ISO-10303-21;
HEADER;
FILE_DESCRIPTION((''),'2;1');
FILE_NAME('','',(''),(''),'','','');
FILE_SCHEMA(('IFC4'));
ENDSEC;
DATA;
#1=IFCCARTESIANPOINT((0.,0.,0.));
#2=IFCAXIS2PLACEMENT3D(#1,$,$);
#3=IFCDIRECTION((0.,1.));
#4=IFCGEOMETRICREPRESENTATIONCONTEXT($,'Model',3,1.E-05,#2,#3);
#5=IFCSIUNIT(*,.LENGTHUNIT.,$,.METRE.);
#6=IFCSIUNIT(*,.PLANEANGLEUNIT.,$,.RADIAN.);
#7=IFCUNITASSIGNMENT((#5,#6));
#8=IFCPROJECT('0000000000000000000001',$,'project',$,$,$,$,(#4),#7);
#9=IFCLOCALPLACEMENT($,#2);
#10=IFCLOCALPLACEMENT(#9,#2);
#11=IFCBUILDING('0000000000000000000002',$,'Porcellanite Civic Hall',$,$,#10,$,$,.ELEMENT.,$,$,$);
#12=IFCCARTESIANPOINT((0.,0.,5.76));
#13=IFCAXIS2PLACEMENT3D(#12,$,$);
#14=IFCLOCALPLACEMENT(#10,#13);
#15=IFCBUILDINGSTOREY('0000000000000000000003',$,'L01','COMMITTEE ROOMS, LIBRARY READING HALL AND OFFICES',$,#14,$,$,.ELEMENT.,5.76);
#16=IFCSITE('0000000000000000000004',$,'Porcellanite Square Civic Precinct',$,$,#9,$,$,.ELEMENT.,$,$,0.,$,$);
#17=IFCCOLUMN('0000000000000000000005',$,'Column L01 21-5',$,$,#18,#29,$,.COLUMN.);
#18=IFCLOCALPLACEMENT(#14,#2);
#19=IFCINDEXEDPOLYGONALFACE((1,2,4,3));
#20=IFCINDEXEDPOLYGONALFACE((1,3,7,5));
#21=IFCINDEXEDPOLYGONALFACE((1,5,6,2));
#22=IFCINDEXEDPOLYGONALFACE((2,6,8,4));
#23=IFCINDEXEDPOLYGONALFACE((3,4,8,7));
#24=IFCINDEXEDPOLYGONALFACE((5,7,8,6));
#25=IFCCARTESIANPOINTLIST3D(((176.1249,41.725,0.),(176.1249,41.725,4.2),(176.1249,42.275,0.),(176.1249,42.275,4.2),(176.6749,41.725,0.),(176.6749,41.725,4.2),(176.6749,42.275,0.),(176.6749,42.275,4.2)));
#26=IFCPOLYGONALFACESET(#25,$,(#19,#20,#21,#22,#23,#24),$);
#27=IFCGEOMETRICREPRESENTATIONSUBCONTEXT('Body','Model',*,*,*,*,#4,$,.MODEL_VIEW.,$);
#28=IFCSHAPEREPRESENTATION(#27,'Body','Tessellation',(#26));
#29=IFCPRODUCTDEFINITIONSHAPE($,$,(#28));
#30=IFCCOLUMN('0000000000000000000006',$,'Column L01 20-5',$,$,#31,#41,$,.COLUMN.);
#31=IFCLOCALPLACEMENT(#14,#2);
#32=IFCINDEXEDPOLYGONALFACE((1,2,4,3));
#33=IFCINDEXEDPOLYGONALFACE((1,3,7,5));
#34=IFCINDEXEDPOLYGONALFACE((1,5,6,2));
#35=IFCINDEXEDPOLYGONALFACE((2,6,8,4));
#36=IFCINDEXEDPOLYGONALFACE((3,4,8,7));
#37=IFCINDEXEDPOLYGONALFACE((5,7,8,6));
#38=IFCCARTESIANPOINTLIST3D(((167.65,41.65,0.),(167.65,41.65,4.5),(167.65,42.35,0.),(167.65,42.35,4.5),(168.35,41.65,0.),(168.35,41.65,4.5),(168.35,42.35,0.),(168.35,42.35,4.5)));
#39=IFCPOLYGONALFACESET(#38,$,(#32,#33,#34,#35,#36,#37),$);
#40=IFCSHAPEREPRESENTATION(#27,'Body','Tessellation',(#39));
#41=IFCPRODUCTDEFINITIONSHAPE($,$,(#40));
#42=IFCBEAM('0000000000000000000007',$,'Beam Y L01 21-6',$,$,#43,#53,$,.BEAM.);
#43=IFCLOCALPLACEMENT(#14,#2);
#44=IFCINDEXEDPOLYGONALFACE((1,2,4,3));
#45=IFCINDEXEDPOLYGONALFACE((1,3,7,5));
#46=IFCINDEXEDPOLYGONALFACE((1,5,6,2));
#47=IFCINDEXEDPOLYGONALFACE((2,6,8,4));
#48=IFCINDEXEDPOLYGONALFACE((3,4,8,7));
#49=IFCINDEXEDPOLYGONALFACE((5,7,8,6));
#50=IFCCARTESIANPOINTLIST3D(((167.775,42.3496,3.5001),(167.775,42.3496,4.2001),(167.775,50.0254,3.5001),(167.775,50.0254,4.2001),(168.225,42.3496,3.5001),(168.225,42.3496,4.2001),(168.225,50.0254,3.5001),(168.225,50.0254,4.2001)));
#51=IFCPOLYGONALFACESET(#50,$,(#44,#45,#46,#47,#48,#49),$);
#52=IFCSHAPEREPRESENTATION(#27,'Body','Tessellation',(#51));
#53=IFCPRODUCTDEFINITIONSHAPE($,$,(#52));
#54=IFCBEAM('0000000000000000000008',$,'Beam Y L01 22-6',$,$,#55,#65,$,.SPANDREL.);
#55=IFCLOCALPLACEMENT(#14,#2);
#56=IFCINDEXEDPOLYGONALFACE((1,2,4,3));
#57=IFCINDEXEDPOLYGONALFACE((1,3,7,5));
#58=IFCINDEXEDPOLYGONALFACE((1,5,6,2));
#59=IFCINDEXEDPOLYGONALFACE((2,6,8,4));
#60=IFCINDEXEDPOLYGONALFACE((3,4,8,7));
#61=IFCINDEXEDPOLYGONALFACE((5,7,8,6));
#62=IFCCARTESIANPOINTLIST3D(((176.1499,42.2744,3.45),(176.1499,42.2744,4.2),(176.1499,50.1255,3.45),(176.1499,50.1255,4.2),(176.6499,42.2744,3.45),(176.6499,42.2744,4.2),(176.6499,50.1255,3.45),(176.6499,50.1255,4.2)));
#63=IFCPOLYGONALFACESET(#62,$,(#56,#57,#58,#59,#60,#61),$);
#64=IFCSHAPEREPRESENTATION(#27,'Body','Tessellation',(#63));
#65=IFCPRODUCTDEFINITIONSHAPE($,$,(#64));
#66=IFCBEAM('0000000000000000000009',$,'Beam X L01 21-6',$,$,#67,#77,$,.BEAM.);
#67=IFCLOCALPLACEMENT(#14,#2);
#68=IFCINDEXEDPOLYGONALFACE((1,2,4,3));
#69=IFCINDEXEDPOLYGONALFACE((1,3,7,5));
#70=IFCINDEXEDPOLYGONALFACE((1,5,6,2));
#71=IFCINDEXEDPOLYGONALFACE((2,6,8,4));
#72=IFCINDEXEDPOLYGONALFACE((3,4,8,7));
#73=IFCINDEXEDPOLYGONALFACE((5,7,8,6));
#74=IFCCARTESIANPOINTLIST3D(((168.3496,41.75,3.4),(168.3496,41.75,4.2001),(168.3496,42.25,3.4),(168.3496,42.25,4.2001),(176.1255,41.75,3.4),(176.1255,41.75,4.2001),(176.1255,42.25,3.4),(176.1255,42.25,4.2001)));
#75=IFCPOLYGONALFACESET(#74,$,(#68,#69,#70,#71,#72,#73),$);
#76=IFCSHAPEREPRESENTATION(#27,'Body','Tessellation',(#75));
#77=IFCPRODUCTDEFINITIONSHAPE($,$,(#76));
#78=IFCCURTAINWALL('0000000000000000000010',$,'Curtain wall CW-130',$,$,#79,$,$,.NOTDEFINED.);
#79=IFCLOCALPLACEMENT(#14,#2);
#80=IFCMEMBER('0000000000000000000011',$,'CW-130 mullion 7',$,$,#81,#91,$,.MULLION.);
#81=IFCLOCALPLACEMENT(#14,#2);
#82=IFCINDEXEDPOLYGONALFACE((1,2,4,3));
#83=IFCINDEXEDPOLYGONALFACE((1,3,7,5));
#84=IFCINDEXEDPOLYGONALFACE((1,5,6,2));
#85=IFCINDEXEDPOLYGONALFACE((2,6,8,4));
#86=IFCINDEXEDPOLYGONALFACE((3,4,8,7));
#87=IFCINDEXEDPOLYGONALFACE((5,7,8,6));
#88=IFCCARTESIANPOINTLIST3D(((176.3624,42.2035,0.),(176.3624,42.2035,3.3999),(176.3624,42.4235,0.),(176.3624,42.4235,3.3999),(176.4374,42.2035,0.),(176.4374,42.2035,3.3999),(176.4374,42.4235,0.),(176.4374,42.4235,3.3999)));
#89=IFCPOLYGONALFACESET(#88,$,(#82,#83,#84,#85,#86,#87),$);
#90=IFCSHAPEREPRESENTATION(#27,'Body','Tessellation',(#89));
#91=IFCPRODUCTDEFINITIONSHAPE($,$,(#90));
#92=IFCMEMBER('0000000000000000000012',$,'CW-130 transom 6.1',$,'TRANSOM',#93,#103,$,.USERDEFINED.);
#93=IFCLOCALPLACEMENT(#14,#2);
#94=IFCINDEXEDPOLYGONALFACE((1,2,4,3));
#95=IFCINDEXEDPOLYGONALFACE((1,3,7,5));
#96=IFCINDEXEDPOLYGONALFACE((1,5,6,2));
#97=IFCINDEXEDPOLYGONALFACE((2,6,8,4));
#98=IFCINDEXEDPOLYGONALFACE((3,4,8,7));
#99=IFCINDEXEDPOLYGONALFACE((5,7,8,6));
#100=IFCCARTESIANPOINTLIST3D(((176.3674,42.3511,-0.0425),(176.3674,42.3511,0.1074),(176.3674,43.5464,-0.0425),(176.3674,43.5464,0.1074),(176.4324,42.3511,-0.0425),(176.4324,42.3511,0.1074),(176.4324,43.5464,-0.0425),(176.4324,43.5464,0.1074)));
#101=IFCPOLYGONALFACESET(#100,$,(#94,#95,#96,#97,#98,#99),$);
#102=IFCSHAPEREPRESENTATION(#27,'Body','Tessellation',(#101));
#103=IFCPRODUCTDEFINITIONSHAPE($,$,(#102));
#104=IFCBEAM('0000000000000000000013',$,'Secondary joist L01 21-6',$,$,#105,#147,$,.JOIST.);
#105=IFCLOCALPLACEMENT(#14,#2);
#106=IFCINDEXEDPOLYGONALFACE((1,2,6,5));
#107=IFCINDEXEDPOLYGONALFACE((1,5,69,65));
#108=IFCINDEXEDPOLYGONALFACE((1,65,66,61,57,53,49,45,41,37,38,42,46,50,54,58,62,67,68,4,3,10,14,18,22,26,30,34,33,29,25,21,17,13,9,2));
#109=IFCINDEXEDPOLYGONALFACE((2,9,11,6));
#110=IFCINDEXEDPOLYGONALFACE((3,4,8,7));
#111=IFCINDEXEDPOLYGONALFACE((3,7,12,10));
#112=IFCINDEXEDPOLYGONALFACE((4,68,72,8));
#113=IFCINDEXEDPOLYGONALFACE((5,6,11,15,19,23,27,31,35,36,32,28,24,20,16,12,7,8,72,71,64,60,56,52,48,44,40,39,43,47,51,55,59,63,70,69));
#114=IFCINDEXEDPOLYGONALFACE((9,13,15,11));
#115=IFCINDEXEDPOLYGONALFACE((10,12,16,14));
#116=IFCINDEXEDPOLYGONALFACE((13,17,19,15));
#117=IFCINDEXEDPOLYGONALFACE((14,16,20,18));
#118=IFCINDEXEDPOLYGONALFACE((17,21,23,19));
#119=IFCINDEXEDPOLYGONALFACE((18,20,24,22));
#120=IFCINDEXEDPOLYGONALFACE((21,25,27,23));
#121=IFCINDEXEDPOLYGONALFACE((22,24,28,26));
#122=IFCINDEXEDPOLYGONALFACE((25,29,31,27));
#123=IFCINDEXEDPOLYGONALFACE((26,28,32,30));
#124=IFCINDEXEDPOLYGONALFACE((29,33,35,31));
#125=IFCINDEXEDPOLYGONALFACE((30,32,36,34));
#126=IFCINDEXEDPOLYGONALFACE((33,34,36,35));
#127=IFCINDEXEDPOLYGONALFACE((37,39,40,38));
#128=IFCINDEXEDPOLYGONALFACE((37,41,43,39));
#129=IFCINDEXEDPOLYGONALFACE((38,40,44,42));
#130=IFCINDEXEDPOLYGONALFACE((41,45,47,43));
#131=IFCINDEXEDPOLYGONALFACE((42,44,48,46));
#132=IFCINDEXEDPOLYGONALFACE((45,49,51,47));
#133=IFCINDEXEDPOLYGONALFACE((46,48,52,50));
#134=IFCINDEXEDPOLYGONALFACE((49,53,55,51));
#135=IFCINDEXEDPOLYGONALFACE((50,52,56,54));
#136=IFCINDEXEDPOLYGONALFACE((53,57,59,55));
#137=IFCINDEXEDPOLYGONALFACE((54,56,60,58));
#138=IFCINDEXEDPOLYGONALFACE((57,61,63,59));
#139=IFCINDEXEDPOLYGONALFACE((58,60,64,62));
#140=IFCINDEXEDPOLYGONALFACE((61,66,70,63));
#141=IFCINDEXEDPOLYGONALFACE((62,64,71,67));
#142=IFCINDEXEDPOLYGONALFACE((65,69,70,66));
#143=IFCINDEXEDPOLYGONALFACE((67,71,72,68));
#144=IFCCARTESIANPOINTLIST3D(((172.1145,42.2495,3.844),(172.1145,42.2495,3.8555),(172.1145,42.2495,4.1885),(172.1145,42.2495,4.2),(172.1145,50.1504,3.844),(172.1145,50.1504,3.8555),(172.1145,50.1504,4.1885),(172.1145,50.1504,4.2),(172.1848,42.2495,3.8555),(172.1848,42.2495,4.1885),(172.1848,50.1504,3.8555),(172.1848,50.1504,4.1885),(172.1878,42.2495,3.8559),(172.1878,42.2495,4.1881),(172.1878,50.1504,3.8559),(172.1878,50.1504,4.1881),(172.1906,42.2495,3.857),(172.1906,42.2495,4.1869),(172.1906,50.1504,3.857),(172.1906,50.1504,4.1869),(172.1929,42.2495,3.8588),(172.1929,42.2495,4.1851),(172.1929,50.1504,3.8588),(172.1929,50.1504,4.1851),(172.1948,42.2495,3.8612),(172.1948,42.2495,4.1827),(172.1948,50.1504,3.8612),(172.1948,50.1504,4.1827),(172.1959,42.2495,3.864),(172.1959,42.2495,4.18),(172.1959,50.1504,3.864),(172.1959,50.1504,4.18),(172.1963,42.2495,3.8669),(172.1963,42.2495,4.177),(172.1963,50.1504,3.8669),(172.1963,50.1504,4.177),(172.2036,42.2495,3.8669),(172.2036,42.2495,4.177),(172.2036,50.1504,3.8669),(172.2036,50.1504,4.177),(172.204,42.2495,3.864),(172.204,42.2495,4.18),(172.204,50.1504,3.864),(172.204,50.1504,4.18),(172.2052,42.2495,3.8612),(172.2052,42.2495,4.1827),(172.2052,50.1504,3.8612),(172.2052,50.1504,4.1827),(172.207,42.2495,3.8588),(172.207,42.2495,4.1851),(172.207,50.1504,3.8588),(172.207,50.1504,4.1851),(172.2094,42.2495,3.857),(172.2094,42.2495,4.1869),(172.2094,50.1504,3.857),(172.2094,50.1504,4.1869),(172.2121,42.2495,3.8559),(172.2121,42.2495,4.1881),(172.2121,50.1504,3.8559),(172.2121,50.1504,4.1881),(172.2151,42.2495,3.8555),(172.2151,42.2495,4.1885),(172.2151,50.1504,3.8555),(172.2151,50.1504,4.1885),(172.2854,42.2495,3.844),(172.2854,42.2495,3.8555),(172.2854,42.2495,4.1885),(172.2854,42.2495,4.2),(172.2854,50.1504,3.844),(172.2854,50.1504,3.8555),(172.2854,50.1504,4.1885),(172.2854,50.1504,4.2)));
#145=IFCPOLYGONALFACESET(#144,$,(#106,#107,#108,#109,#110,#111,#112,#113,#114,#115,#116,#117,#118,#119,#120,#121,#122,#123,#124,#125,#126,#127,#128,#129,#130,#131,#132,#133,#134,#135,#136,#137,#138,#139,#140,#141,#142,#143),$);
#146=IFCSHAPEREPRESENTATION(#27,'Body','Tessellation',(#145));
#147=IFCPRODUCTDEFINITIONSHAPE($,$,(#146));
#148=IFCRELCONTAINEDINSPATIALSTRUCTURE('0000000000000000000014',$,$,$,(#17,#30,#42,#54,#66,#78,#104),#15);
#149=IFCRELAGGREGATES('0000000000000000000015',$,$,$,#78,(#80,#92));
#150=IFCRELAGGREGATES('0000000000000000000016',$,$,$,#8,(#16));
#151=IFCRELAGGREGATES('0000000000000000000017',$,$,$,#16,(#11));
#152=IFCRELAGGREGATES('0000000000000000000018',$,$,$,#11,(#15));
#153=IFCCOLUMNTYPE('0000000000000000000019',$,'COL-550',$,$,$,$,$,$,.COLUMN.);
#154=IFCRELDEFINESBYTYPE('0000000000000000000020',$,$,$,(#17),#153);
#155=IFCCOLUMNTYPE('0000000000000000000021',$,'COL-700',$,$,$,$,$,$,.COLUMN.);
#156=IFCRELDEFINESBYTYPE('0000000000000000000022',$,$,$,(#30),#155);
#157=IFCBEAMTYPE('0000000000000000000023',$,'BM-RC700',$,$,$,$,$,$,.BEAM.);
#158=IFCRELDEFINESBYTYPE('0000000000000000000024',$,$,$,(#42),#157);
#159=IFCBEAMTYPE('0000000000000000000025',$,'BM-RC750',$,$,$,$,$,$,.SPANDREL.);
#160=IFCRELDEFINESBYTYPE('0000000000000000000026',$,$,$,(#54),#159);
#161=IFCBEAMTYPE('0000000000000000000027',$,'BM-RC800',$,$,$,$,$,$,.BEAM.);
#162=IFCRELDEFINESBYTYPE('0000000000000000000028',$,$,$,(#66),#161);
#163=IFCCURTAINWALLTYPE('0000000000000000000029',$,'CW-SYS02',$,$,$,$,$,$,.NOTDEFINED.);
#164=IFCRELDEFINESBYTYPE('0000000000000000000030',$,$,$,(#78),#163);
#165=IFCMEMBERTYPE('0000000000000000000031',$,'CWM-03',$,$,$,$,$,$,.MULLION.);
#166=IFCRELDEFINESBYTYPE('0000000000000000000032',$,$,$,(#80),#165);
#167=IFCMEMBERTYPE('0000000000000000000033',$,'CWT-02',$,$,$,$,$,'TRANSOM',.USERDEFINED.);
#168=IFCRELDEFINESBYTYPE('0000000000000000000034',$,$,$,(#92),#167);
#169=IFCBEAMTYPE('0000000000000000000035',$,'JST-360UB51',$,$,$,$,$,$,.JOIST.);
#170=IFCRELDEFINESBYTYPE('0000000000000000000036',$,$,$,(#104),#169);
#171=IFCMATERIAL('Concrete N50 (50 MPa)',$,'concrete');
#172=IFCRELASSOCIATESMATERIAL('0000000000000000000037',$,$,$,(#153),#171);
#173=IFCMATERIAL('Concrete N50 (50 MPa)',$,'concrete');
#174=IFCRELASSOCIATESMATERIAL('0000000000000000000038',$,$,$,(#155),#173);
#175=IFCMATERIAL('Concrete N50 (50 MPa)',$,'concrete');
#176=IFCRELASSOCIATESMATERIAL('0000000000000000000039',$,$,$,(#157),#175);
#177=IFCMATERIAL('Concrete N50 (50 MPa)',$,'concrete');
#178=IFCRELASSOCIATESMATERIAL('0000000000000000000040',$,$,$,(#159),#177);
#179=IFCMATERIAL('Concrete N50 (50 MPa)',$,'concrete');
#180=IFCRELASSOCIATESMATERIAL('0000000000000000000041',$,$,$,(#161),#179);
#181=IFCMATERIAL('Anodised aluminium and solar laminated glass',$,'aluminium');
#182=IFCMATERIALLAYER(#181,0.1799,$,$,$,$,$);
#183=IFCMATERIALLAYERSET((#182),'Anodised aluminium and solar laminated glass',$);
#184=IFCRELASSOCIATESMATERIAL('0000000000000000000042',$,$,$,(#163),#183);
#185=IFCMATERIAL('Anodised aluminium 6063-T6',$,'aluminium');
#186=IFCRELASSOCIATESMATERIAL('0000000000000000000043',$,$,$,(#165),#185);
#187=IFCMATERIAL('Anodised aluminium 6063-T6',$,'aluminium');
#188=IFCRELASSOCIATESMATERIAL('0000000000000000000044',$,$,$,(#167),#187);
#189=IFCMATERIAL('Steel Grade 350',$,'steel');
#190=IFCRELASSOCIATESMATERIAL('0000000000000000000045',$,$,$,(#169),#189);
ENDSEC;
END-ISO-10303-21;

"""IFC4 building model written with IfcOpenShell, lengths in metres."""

from ifc_helpers import new_model, si_unit, direction, frame, origin, origin_2d, place, context, subcontext, project, spatial, rectangle, i_section, extrude, material, layer, layer_set, material_profile, profile_set, type_object, element, aggregate, save


model = new_model("IFC4")

# Units and contexts
model_context = context("Model", 3, precision=1e-05, world=origin(), true_north=direction((0.0, 1.0)))
body_context = subcontext(model_context, "Body", "Model", "MODEL_VIEW")
ifc_project = project(units=[si_unit("LENGTHUNIT", "METRE"), si_unit("PLANEANGLEUNIT", "RADIAN")], contexts=[model_context])

# Site, building, storey
site_placement = place(None, origin())
site = spatial("IfcSite", under=ifc_project, at=site_placement, Name="Porcellanite Square Civic Precinct", CompositionType="ELEMENT", RefElevation=0.0)
building_placement = place(site_placement, origin())
building = spatial("IfcBuilding", under=site, at=building_placement, Name="Porcellanite Civic Hall", CompositionType="ELEMENT")
storey_placement = place(building_placement, frame((0.0, 0.0, 5.76)))
storey = spatial("IfcBuildingStorey", under=building, at=storey_placement, Name="L01", Description="COMMITTEE ROOMS, LIBRARY READING HALL AND OFFICES", CompositionType="ELEMENT", Elevation=5.76)

# Columns
ifc_material_1 = material(Name="Concrete N50 (50 MPa)", Category="concrete")
ifc_material_profile_1 = material_profile(ifc_material_1, rectangle(XDim=0.55, YDim=0.55, at=origin_2d()), Name="RC-550x550")
ifc_profile_set_1 = profile_set([ifc_material_profile_1], Name="Concrete N50 (50 MPa)")
column_type_1 = type_object("IfcColumnType", Name="COL-550", PredefinedType="COLUMN", material=ifc_profile_set_1)
column_1_placement = place(storey_placement, frame((176.3999, 42.0, 0.0), z_axis=(0.0, 0.0, 1.0), x_axis=(1.0, 0.0, 0.0)))
element("IfcColumn", 1, at=column_1_placement, inside=storey, type_object=column_type_1, Name="Column L01 21-5", PredefinedType="COLUMN", context=body_context, shape_type="SweptSolid", body=[
    extrude(rectangle(XDim=0.55, YDim=0.55, at=origin_2d()), origin(), (0.0, 0.0, 1.0), 4.2),
])
ifc_material_2 = material(Name="Concrete N50 (50 MPa)", Category="concrete")
ifc_material_profile_2 = material_profile(ifc_material_2, rectangle(XDim=0.7, YDim=0.7, at=origin_2d()), Name="RC-700x700")
ifc_profile_set_2 = profile_set([ifc_material_profile_2], Name="Concrete N50 (50 MPa)")
column_type_2 = type_object("IfcColumnType", Name="COL-700", PredefinedType="COLUMN", material=ifc_profile_set_2)
column_2_placement = place(storey_placement, frame((168.0, 42.0, 0.0), z_axis=(0.0, 0.0, 1.0), x_axis=(1.0, 0.0, 0.0)))
element("IfcColumn", 2, at=column_2_placement, inside=storey, type_object=column_type_2, Name="Column L01 20-5", PredefinedType="COLUMN", context=body_context, shape_type="SweptSolid", body=[
    extrude(rectangle(XDim=0.7, YDim=0.7, at=origin_2d()), origin(), (0.0, 0.0, 1.0), 4.5),
])

# Beams
ifc_material_3 = material(Name="Concrete N50 (50 MPa)", Category="concrete")
ifc_material_profile_3 = material_profile(ifc_material_3, rectangle(XDim=0.45, YDim=0.7, at=origin_2d()), Name="RC-450x700")
ifc_profile_set_3 = profile_set([ifc_material_profile_3], Name="Concrete N50 (50 MPa)")
beam_type_1 = type_object("IfcBeamType", Name="BM-RC700", PredefinedType="BEAM", material=ifc_profile_set_3)
beam_1_placement = place(storey_placement, frame((168.0, 42.3496, 3.8501), z_axis=(0.0, 1.0, 0.0), x_axis=(-1.0, 0.0, 0.0)))
element("IfcBeam", 3, at=beam_1_placement, inside=storey, type_object=beam_type_1, Name="Beam Y L01 21-6", PredefinedType="BEAM", context=body_context, shape_type="SweptSolid", body=[
    extrude(rectangle(XDim=0.45, YDim=0.7, at=origin_2d()), origin(), (0.0, 0.0, 1.0), 7.6758),
])
ifc_material_4 = material(Name="Concrete N50 (50 MPa)", Category="concrete")
ifc_material_profile_4 = material_profile(ifc_material_4, rectangle(XDim=0.5, YDim=0.75, at=origin_2d()), Name="RC-500x750")
ifc_profile_set_4 = profile_set([ifc_material_profile_4], Name="Concrete N50 (50 MPa)")
beam_type_2 = type_object("IfcBeamType", Name="BM-RC750", PredefinedType="SPANDREL", material=ifc_profile_set_4)
beam_2_placement = place(storey_placement, frame((176.3999, 42.2744, 3.825), z_axis=(0.0, 1.0, 0.0), x_axis=(-1.0, 0.0, 0.0)))
element("IfcBeam", 4, at=beam_2_placement, inside=storey, type_object=beam_type_2, Name="Beam Y L01 22-6", PredefinedType="SPANDREL", context=body_context, shape_type="SweptSolid", body=[
    extrude(rectangle(XDim=0.5, YDim=0.75, at=origin_2d()), origin(), (0.0, 0.0, 1.0), 7.8511),
])
ifc_material_5 = material(Name="Concrete N50 (50 MPa)", Category="concrete")
ifc_material_profile_5 = material_profile(ifc_material_5, rectangle(XDim=0.5, YDim=0.8, at=origin_2d()), Name="RC-500x800")
ifc_profile_set_5 = profile_set([ifc_material_profile_5], Name="Concrete N50 (50 MPa)")
beam_type_3 = type_object("IfcBeamType", Name="BM-RC800", PredefinedType="BEAM", material=ifc_profile_set_5)
beam_3_placement = place(storey_placement, frame((168.3496, 42.0, 3.8), z_axis=(1.0, 0.0, 0.0), x_axis=(0.0, 1.0, 0.0)))
element("IfcBeam", 5, at=beam_3_placement, inside=storey, type_object=beam_type_3, Name="Beam X L01 21-6", PredefinedType="BEAM", context=body_context, shape_type="SweptSolid", body=[
    extrude(rectangle(XDim=0.5, YDim=0.8, at=origin_2d()), origin(), (0.0, 0.0, 1.0), 7.7759),
])

# Curtain wall, members
ifc_material_6 = material(Name="Anodised aluminium and solar laminated glass", Category="aluminium")
ifc_layer_1 = layer(ifc_material_6, 0.1799)
ifc_layer_set_1 = layer_set([ifc_layer_1], Name="Anodised aluminium and solar laminated glass")
curtain_wall_type = type_object("IfcCurtainWallType", Name="CW-SYS02", PredefinedType="NOTDEFINED", material=ifc_layer_set_1)
curtain_wall_placement = place(storey_placement, origin())
curtain_wall = element("IfcCurtainWall", 6, at=curtain_wall_placement, inside=storey, type_object=curtain_wall_type, Name="Curtain wall CW-130", PredefinedType="NOTDEFINED")
ifc_material_7 = material(Name="Anodised aluminium 6063-T6", Category="aluminium")
ifc_material_profile_6 = material_profile(ifc_material_7, rectangle(XDim=0.075, YDim=0.22, at=origin_2d()), Name="AL-75x220")
ifc_profile_set_6 = profile_set([ifc_material_profile_6], Name="Anodised aluminium 6063-T6")
member_type_1 = type_object("IfcMemberType", Name="CWM-03", PredefinedType="MULLION", material=ifc_profile_set_6)
member_1_placement = place(storey_placement, frame((176.3999, 42.3135, 0.0), z_axis=(0.0, 0.0, 1.0), x_axis=(1.0, 0.0, 0.0)))
member_1 = element("IfcMember", 7, at=member_1_placement, type_object=member_type_1, Name="CW-130 mullion 7", PredefinedType="MULLION", context=body_context, shape_type="SweptSolid", body=[
    extrude(rectangle(XDim=0.075, YDim=0.22, at=origin_2d()), origin(), (0.0, 0.0, 1.0), 3.3999),
])
ifc_material_8 = material(Name="Anodised aluminium 6063-T6", Category="aluminium")
ifc_material_profile_7 = material_profile(ifc_material_8, rectangle(XDim=0.0649, YDim=0.1499, at=origin_2d()), Name="AL-65x150")
ifc_profile_set_7 = profile_set([ifc_material_profile_7], Name="Anodised aluminium 6063-T6")
member_type_2 = type_object("IfcMemberType", Name="CWT-02", ElementType="TRANSOM", PredefinedType="USERDEFINED", material=ifc_profile_set_7)
member_2_placement = place(storey_placement, frame((176.3999, 43.5464, 0.0325), z_axis=(0.0, -1.0, 0.0), x_axis=(1.0, 0.0, 0.0)))
member_2 = element("IfcMember", 8, at=member_2_placement, type_object=member_type_2, Name="CW-130 transom 6.1", ObjectType="TRANSOM", PredefinedType="USERDEFINED", context=body_context, shape_type="SweptSolid", body=[
    extrude(rectangle(XDim=0.0649, YDim=0.1499, at=origin_2d()), origin(), (0.0, 0.0, 1.0), 1.1953),
])

# Beam
ifc_material_9 = material(Name="Steel Grade 350", Category="steel")
ifc_material_profile_8 = material_profile(ifc_material_9, i_section(OverallWidth=0.1709, OverallDepth=0.356, WebThickness=0.0073, FlangeThickness=0.0115, FilletRadius=0.0115, at=origin_2d()), Name="360UB50.7")
ifc_profile_set_8 = profile_set([ifc_material_profile_8], Name="Steel Grade 350")
beam_type_4 = type_object("IfcBeamType", Name="JST-360UB51", PredefinedType="JOIST", material=ifc_profile_set_8)
beam_4_placement = place(storey_placement, frame((172.2, 42.2495, 4.022), z_axis=(0.0, 1.0, 0.0), x_axis=(-1.0, 0.0, 0.0)))
element("IfcBeam", 9, at=beam_4_placement, inside=storey, type_object=beam_type_4, Name="Secondary joist L01 21-6", PredefinedType="JOIST", context=body_context, shape_type="SweptSolid", body=[
    extrude(i_section(OverallWidth=0.1709, OverallDepth=0.356, WebThickness=0.0073, FlangeThickness=0.0115, FilletRadius=0.0115, at=origin_2d()), origin(), (0.0, 0.0, 1.0), 7.9009),
])

aggregate(curtain_wall, [member_1, member_2])

save(model, "model.ifc")
